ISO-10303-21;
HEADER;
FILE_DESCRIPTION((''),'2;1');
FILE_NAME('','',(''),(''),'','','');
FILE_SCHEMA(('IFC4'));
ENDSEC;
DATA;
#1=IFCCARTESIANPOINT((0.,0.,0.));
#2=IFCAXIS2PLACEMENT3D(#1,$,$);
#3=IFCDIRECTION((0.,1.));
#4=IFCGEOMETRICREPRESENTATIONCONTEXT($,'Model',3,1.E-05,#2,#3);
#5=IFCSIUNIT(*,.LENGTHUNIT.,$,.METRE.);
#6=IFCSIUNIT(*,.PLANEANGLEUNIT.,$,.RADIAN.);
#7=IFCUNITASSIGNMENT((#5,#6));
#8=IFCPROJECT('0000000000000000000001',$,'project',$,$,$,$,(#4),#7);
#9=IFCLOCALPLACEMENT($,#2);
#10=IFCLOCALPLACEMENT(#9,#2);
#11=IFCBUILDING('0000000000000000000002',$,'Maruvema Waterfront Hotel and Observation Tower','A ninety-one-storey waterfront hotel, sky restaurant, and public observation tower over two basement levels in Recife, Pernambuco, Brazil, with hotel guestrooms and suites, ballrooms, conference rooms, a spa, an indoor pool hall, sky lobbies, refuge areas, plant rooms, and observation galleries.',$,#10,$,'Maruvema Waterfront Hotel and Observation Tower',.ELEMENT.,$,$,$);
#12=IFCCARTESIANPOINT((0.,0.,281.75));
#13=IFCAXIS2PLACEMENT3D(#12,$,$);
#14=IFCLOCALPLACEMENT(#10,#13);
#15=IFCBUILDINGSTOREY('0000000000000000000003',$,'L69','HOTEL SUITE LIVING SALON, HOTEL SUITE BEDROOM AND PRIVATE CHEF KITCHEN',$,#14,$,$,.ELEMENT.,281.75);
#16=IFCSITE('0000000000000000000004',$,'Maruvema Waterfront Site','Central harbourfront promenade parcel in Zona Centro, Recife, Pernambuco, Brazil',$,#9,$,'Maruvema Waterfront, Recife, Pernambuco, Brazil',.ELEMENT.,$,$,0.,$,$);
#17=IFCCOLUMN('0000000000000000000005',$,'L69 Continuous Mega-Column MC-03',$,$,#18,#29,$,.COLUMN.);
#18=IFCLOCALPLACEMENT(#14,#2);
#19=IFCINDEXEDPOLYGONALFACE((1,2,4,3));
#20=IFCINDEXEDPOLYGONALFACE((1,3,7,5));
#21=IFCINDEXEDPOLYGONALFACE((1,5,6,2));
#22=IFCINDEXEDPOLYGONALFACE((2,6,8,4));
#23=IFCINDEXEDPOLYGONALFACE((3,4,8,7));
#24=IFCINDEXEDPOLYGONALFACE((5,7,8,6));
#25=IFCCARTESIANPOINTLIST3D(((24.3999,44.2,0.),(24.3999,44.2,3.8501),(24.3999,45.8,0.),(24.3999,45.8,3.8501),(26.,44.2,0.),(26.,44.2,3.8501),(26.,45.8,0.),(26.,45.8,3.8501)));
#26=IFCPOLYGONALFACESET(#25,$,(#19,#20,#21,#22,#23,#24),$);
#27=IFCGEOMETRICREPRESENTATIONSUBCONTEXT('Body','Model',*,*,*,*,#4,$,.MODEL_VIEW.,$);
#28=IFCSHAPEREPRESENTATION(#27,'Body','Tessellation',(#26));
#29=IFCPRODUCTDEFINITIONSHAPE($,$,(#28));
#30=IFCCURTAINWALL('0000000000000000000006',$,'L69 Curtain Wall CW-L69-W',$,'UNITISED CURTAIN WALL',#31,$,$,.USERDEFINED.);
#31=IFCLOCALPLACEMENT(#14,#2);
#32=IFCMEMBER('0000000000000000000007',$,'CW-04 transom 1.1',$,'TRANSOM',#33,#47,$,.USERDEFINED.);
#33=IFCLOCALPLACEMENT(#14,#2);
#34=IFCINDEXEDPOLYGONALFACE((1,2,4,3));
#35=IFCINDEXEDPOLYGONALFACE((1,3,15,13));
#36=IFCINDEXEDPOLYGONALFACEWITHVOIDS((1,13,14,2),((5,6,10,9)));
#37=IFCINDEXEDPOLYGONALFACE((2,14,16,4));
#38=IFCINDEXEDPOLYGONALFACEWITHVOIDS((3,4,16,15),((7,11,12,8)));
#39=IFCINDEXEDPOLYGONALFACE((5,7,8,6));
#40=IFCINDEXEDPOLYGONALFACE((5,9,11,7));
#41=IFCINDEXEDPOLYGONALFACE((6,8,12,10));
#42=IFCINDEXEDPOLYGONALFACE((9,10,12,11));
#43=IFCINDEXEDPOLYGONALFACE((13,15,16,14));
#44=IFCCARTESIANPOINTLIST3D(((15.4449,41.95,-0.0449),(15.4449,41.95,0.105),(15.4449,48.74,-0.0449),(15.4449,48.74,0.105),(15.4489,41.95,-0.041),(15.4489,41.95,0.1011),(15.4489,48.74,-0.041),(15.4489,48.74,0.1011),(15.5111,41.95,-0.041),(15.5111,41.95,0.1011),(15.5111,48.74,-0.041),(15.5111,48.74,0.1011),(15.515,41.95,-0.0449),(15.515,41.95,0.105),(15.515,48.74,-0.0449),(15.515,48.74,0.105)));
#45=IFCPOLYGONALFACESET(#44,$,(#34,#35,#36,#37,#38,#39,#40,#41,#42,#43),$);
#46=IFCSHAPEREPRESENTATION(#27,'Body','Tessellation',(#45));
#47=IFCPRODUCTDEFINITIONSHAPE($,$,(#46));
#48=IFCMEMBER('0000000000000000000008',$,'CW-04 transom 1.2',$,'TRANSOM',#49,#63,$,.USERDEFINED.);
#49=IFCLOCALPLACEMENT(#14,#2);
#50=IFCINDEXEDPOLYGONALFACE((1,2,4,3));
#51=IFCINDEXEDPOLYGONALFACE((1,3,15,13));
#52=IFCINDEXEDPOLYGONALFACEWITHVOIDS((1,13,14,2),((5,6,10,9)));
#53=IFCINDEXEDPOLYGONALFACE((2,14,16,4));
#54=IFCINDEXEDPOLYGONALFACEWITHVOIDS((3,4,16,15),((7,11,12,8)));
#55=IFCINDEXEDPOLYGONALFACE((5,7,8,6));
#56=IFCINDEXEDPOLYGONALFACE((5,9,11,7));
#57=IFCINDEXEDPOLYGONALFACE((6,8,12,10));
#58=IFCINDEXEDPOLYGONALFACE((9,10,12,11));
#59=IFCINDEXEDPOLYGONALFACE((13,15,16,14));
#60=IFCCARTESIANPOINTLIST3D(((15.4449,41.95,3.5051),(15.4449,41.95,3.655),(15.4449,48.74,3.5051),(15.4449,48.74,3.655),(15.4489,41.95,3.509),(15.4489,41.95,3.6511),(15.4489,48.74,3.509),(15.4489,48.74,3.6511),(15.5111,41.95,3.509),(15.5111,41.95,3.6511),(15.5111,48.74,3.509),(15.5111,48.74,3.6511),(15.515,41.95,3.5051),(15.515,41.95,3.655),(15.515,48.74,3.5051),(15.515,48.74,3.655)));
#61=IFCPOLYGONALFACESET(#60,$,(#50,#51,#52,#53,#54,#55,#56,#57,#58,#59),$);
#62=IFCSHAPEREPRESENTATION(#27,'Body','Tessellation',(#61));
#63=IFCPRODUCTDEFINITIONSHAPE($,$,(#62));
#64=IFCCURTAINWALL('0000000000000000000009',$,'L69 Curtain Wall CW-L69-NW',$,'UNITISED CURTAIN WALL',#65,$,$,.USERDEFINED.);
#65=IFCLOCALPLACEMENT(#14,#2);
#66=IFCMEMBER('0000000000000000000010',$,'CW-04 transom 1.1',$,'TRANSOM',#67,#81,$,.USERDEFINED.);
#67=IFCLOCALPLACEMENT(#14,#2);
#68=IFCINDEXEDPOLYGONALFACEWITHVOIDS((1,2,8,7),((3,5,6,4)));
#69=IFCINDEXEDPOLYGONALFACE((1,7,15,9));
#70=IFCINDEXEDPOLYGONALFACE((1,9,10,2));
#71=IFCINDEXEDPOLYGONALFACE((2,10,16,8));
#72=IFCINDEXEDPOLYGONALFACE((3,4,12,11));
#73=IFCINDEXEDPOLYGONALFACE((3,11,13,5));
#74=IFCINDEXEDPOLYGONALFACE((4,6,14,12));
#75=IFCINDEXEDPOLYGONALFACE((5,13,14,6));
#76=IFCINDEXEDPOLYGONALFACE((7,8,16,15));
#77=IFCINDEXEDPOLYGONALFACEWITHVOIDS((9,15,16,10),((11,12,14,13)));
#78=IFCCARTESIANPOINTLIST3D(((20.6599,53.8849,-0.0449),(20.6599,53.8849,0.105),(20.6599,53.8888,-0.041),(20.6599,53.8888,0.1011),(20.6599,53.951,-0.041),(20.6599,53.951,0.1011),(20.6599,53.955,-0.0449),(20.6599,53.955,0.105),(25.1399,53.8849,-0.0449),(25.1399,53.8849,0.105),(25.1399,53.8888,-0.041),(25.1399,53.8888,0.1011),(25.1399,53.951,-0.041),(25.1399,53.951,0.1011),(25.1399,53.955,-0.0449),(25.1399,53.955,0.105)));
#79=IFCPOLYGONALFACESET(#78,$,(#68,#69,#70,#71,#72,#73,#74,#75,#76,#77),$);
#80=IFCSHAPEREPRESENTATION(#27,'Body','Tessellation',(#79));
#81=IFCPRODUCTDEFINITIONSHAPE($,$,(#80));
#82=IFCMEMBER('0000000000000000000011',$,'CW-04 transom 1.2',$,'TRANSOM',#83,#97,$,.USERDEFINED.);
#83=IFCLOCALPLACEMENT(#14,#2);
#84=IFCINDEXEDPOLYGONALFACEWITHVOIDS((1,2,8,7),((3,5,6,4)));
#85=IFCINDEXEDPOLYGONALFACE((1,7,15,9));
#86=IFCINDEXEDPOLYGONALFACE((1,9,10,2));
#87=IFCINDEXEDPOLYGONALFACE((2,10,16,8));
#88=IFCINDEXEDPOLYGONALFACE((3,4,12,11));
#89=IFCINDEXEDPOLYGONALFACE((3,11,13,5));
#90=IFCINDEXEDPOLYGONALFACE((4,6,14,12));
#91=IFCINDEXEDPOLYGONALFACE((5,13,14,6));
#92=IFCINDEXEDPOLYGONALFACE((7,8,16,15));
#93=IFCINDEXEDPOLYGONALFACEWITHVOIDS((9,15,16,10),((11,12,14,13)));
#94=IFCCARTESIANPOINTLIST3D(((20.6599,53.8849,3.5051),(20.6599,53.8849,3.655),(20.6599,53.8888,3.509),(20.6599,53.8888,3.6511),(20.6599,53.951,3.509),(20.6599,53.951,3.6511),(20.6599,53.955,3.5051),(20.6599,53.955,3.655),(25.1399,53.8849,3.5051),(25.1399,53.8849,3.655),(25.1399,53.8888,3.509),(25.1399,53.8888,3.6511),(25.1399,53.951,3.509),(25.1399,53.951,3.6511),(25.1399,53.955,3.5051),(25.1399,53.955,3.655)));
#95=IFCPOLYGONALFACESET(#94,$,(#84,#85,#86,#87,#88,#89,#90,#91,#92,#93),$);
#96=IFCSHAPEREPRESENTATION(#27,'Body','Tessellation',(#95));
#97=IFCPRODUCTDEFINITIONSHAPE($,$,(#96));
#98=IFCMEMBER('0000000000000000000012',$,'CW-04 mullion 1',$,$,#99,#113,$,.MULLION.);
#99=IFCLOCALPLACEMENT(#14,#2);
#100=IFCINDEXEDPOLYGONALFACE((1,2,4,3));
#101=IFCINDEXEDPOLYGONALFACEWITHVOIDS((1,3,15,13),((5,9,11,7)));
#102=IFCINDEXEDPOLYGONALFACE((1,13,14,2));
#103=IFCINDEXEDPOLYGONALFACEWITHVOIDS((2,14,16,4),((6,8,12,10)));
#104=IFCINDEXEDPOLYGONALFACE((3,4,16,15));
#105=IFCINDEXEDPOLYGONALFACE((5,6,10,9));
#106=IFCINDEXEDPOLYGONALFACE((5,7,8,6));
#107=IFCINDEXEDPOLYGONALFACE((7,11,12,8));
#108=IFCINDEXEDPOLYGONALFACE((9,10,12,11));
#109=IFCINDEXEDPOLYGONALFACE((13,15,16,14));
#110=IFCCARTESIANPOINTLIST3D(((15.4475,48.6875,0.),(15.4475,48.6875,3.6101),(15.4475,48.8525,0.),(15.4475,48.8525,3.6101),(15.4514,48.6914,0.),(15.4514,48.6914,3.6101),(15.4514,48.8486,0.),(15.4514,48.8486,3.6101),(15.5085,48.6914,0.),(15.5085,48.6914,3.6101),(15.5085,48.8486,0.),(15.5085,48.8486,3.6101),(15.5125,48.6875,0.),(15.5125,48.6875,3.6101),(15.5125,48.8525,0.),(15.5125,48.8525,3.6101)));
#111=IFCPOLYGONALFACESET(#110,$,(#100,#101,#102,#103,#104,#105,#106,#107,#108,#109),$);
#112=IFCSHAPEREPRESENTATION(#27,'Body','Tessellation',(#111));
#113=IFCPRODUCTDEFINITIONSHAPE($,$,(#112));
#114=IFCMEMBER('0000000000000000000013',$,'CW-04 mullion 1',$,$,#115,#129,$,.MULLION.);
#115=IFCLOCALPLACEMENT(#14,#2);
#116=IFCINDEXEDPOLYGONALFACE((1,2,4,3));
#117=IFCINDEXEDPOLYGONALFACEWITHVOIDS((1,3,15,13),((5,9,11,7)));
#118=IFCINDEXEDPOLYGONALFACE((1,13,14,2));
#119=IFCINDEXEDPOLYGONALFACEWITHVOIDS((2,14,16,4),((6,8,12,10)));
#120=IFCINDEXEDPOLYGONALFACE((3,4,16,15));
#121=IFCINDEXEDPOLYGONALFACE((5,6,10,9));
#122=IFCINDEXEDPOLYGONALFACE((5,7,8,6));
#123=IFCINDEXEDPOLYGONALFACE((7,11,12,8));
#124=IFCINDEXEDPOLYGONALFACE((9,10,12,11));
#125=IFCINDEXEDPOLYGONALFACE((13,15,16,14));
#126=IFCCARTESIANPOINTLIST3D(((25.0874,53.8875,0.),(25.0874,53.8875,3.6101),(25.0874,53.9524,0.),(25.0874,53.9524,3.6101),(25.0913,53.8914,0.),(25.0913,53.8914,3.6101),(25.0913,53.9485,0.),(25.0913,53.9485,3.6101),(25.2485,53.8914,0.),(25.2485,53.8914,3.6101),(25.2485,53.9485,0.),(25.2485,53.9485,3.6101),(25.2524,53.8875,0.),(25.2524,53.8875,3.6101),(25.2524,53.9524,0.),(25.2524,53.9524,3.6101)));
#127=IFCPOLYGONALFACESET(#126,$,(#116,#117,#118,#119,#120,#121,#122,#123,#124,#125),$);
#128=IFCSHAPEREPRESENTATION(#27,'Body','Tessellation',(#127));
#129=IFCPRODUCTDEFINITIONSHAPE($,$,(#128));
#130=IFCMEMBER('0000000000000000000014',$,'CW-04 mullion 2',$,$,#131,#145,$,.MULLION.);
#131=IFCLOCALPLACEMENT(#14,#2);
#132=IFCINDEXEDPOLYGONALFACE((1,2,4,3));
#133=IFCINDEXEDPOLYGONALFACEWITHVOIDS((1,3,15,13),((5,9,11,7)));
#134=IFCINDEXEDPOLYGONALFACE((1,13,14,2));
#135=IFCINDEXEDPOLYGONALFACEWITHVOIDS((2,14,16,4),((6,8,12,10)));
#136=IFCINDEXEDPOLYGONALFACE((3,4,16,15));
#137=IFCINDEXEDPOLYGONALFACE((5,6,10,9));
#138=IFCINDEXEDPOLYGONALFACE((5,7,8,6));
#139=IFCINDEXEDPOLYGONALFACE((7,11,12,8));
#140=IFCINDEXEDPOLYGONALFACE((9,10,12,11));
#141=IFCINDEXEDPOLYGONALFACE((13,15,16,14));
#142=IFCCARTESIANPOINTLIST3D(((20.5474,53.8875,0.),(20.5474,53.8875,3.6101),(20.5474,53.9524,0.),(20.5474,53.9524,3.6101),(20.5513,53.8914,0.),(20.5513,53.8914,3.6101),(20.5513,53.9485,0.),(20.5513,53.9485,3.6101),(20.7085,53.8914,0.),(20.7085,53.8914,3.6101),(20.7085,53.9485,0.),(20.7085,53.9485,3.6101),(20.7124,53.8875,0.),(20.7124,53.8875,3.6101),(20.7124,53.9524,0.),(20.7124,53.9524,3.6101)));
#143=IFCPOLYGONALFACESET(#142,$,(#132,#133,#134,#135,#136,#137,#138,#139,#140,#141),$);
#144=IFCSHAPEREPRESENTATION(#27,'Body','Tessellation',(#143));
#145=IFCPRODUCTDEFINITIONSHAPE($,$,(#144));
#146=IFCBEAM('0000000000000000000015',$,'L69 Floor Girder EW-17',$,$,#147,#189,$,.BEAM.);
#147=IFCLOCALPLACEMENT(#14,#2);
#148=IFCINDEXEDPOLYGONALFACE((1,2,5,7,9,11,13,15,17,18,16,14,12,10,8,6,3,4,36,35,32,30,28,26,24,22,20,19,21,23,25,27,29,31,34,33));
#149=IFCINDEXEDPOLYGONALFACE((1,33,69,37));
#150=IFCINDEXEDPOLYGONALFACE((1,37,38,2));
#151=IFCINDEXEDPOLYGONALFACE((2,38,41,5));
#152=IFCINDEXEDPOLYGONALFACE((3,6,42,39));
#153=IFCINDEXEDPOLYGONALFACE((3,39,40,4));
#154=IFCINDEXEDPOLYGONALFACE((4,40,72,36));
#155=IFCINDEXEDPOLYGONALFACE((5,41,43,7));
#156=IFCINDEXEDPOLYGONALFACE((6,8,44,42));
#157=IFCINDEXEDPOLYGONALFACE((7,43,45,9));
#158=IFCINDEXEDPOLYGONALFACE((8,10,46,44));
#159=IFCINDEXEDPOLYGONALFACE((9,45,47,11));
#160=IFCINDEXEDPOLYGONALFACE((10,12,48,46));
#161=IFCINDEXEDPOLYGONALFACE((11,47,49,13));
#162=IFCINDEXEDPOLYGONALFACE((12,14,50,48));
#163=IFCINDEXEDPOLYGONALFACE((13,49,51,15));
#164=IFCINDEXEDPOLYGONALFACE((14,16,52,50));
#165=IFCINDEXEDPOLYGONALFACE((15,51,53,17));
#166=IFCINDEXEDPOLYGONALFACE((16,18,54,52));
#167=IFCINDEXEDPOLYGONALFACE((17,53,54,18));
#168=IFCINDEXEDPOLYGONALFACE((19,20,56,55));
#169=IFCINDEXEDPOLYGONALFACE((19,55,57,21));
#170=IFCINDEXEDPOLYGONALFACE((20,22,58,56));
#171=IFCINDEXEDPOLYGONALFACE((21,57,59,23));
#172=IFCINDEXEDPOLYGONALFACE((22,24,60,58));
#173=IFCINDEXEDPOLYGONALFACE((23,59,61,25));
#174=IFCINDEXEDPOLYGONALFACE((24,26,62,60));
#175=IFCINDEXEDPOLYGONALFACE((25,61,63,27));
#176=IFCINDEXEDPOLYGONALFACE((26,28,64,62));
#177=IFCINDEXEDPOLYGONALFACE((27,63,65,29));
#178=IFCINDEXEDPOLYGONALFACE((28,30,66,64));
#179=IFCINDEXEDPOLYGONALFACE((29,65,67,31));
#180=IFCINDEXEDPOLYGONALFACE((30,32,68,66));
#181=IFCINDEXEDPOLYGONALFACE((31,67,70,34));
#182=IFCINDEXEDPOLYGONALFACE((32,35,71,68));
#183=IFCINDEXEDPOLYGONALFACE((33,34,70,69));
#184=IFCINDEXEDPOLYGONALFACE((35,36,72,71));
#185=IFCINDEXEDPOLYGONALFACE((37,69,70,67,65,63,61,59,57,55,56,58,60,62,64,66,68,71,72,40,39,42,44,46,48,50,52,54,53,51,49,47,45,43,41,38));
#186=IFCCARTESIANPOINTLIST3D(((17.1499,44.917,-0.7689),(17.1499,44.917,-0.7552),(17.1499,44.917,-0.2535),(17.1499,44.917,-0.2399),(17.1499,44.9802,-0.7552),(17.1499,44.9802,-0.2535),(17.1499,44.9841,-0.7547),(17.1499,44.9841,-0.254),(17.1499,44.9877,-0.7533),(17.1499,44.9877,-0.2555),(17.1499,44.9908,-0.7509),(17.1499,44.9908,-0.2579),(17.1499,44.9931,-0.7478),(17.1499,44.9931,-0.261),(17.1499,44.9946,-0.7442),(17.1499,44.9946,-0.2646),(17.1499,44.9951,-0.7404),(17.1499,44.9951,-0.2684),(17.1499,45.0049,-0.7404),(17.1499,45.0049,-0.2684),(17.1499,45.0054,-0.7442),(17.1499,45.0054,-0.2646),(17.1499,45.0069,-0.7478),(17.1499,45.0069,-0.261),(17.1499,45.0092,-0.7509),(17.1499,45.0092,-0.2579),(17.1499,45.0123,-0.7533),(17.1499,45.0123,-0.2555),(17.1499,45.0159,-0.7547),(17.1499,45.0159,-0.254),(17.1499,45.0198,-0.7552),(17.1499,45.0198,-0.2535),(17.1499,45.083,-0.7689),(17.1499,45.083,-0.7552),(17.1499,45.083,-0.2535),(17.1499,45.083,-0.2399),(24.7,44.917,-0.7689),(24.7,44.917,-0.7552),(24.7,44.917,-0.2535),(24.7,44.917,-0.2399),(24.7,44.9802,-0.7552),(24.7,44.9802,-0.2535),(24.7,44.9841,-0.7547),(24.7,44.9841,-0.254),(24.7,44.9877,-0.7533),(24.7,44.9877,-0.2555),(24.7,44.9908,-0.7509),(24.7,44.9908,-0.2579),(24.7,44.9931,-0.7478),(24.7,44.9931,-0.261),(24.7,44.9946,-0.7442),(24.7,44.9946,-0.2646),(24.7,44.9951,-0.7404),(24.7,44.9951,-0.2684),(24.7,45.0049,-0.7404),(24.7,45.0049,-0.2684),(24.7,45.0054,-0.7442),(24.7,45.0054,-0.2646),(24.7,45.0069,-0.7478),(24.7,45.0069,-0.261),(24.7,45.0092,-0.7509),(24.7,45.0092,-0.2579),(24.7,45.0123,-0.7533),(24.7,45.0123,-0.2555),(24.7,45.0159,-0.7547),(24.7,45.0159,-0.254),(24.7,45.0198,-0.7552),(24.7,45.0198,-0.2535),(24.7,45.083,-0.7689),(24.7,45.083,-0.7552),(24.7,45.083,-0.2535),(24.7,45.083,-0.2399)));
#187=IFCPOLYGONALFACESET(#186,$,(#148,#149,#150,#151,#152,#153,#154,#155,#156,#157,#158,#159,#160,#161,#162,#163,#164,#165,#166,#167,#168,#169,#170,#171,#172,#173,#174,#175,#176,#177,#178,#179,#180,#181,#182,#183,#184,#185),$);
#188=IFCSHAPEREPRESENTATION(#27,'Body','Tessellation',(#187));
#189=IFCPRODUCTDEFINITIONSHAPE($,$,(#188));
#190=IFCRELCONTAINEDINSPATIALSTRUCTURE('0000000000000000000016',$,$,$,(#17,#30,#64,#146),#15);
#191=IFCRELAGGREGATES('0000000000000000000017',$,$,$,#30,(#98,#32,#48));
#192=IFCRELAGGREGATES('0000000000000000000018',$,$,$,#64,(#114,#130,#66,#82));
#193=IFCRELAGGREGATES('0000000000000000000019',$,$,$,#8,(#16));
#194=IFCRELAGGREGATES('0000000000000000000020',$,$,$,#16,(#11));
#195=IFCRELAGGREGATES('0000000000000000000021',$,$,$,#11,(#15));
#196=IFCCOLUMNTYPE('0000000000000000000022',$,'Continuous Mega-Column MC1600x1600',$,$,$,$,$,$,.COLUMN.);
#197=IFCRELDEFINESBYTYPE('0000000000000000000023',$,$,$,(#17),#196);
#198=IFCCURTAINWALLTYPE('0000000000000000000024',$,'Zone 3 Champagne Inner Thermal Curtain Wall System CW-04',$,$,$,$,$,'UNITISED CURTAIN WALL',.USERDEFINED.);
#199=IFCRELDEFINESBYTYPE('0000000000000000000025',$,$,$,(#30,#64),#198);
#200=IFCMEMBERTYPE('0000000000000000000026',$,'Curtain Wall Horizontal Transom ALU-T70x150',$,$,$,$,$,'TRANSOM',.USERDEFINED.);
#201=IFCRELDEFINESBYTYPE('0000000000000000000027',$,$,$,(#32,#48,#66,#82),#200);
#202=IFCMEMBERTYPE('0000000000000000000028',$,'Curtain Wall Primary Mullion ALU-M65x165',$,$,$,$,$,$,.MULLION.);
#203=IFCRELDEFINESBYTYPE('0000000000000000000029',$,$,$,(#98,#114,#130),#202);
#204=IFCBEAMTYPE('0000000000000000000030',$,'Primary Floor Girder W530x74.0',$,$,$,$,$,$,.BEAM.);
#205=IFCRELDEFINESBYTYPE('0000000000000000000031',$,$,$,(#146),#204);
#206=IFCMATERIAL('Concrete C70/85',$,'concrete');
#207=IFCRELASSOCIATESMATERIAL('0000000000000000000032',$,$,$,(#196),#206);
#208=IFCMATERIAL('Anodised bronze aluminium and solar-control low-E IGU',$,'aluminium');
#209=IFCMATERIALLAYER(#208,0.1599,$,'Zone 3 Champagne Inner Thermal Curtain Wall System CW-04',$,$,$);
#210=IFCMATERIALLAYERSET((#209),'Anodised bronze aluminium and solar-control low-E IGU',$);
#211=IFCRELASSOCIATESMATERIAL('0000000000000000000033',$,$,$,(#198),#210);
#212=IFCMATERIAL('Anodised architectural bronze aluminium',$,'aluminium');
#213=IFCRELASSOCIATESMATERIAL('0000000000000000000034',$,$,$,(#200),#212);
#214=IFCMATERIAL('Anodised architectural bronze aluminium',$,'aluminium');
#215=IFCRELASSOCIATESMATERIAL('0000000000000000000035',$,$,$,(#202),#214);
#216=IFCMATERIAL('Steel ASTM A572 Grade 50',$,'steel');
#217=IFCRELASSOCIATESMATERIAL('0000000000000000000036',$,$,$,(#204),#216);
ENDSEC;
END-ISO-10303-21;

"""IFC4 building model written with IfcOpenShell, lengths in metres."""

from ifc_helpers import new_model, si_unit, direction, frame, origin, origin_2d, place, context, subcontext, project, spatial, rectangle, hollow_rectangle, i_section, extrude, material, layer, layer_set, material_profile, profile_set, type_object, element, aggregate, save


model = new_model("IFC4")

# Units and contexts
model_context = context("Model", 3, precision=1e-05, world=origin(), true_north=direction((0.0, 1.0)))
body_context = subcontext(model_context, "Body", "Model", "MODEL_VIEW")
ifc_project = project(units=[si_unit("LENGTHUNIT", "METRE"), si_unit("PLANEANGLEUNIT", "RADIAN")], contexts=[model_context])

# Site, building, storey
site_placement = place(None, origin())
site = spatial("IfcSite", under=ifc_project, at=site_placement, Name="Maruvema Waterfront Site", Description="Central harbourfront promenade parcel in Zona Centro, Recife, Pernambuco, Brazil", LongName="Maruvema Waterfront, Recife, Pernambuco, Brazil", CompositionType="ELEMENT", RefElevation=0.0)
building_placement = place(site_placement, origin())
building = spatial("IfcBuilding", under=site, at=building_placement, Name="Maruvema Waterfront Hotel and Observation Tower", Description="A ninety-one-storey waterfront hotel, sky restaurant, and public observation tower over two basement levels in Recife, Pernambuco, Brazil, with hotel guestrooms and suites, ballrooms, conference rooms, a spa, an indoor pool hall, sky lobbies, refuge areas, plant rooms, and observation galleries.", LongName="Maruvema Waterfront Hotel and Observation Tower", CompositionType="ELEMENT")
storey_placement = place(building_placement, frame((0.0, 0.0, 281.75)))
storey = spatial("IfcBuildingStorey", under=building, at=storey_placement, Name="L69", Description="HOTEL SUITE LIVING SALON, HOTEL SUITE BEDROOM AND PRIVATE CHEF KITCHEN", CompositionType="ELEMENT", Elevation=281.75)

# Column
ifc_material_1 = material(Name="Concrete C70/85", Category="concrete")
ifc_material_profile_1 = material_profile(ifc_material_1, rectangle(XDim=1.6001, YDim=1.6001, at=origin_2d()), Name="MC1600x1600")
ifc_profile_set_1 = profile_set([ifc_material_profile_1], Name="Concrete C70/85")
column_type = type_object("IfcColumnType", Name="Continuous Mega-Column MC1600x1600", PredefinedType="COLUMN", material=ifc_profile_set_1)
column_placement = place(storey_placement, frame((25.2, 45.0, 0.0), z_axis=(0.0, 0.0, 1.0), x_axis=(1.0, 0.0, 0.0)))
element("IfcColumn", 1, at=column_placement, inside=storey, type_object=column_type, Name="L69 Continuous Mega-Column MC-03", PredefinedType="COLUMN", context=body_context, shape_type="SweptSolid", body=[
    extrude(rectangle(XDim=1.6001, YDim=1.6001, at=origin_2d()), origin(), (0.0, 0.0, 1.0), 3.8501),
])

# Curtain walls, members
ifc_material_2 = material(Name="Anodised bronze aluminium and solar-control low-E IGU", Category="aluminium")
ifc_layer_1 = layer(ifc_material_2, 0.1599, Name="Zone 3 Champagne Inner Thermal Curtain Wall System CW-04")
ifc_layer_set_1 = layer_set([ifc_layer_1], Name="Anodised bronze aluminium and solar-control low-E IGU")
curtain_wall_type = type_object("IfcCurtainWallType", Name="Zone 3 Champagne Inner Thermal Curtain Wall System CW-04", ElementType="UNITISED CURTAIN WALL", PredefinedType="USERDEFINED", material=ifc_layer_set_1)
curtain_wall_1_placement = place(storey_placement, origin())
curtain_wall_1 = element("IfcCurtainWall", 2, at=curtain_wall_1_placement, inside=storey, type_object=curtain_wall_type, Name="L69 Curtain Wall CW-L69-W", ObjectType="UNITISED CURTAIN WALL", PredefinedType="USERDEFINED")
ifc_material_3 = material(Name="Anodised architectural bronze aluminium", Category="aluminium")
ifc_material_profile_2 = material_profile(ifc_material_3, hollow_rectangle(XDim=0.0701, YDim=0.1499, WallThickness=0.0039, at=origin_2d()), Name="ALU-T70x150")
ifc_profile_set_2 = profile_set([ifc_material_profile_2], Name="Anodised architectural bronze aluminium")
member_type_1 = type_object("IfcMemberType", Name="Curtain Wall Horizontal Transom ALU-T70x150", ElementType="TRANSOM", PredefinedType="USERDEFINED", material=ifc_profile_set_2)
member_1_placement = place(storey_placement, frame((15.48, 48.74, 0.03), z_axis=(0.0, -1.0, 0.0), x_axis=(1.0, 0.0, 0.0)))
member_1 = element("IfcMember", 3, at=member_1_placement, type_object=member_type_1, Name="CW-04 transom 1.1", ObjectType="TRANSOM", PredefinedType="USERDEFINED", context=body_context, shape_type="SweptSolid", body=[
    extrude(hollow_rectangle(XDim=0.0701, YDim=0.1499, WallThickness=0.0039, at=origin_2d()), origin(), (0.0, 0.0, 1.0), 6.79),
])
member_2_placement = place(storey_placement, frame((15.48, 48.74, 3.5801), z_axis=(0.0, -1.0, 0.0), x_axis=(1.0, 0.0, 0.0)))
member_2 = element("IfcMember", 4, at=member_2_placement, type_object=member_type_1, Name="CW-04 transom 1.2", ObjectType="TRANSOM", PredefinedType="USERDEFINED", context=body_context, shape_type="SweptSolid", body=[
    extrude(hollow_rectangle(XDim=0.0701, YDim=0.1499, WallThickness=0.0039, at=origin_2d()), origin(), (0.0, 0.0, 1.0), 6.79),
])
curtain_wall_2_placement = place(storey_placement, origin())
curtain_wall_2 = element("IfcCurtainWall", 5, at=curtain_wall_2_placement, inside=storey, type_object=curtain_wall_type, Name="L69 Curtain Wall CW-L69-NW", ObjectType="UNITISED CURTAIN WALL", PredefinedType="USERDEFINED")
member_3_placement = place(storey_placement, frame((25.1399, 53.9199, 0.03), z_axis=(-1.0, 0.0, 0.0), x_axis=(0.0, -1.0, 0.0)))
member_3 = element("IfcMember", 6, at=member_3_placement, type_object=member_type_1, Name="CW-04 transom 1.1", ObjectType="TRANSOM", PredefinedType="USERDEFINED", context=body_context, shape_type="SweptSolid", body=[
    extrude(hollow_rectangle(XDim=0.0701, YDim=0.1499, WallThickness=0.0039, at=origin_2d()), origin(), (0.0, 0.0, 1.0), 4.48),
])
member_4_placement = place(storey_placement, frame((25.1399, 53.9199, 3.5801), z_axis=(-1.0, 0.0, 0.0), x_axis=(0.0, -1.0, 0.0)))
member_4 = element("IfcMember", 7, at=member_4_placement, type_object=member_type_1, Name="CW-04 transom 1.2", ObjectType="TRANSOM", PredefinedType="USERDEFINED", context=body_context, shape_type="SweptSolid", body=[
    extrude(hollow_rectangle(XDim=0.0701, YDim=0.1499, WallThickness=0.0039, at=origin_2d()), origin(), (0.0, 0.0, 1.0), 4.48),
])

# Members
ifc_material_4 = material(Name="Anodised architectural bronze aluminium", Category="aluminium")
ifc_material_profile_3 = material_profile(ifc_material_4, hollow_rectangle(XDim=0.0649, YDim=0.165, WallThickness=0.0039, at=origin_2d()), Name="ALU-M65x165")
ifc_profile_set_3 = profile_set([ifc_material_profile_3], Name="Anodised architectural bronze aluminium")
member_type_2 = type_object("IfcMemberType", Name="Curtain Wall Primary Mullion ALU-M65x165", PredefinedType="MULLION", material=ifc_profile_set_3)
member_5_placement = place(storey_placement, frame((15.48, 48.77, 0.0), z_axis=(0.0, 0.0, 1.0), x_axis=(1.0, 0.0, 0.0)))
member_5 = element("IfcMember", 8, at=member_5_placement, type_object=member_type_2, Name="CW-04 mullion 1", PredefinedType="MULLION", context=body_context, shape_type="SweptSolid", body=[
    extrude(hollow_rectangle(XDim=0.0649, YDim=0.165, WallThickness=0.0039, at=origin_2d()), origin(), (0.0, 0.0, 1.0), 3.6101),
])
member_6_placement = place(storey_placement, frame((25.1699, 53.9199, 0.0), z_axis=(0.0, 0.0, 1.0), x_axis=(0.0, -1.0, 0.0)))
member_6 = element("IfcMember", 9, at=member_6_placement, type_object=member_type_2, Name="CW-04 mullion 1", PredefinedType="MULLION", context=body_context, shape_type="SweptSolid", body=[
    extrude(hollow_rectangle(XDim=0.0649, YDim=0.165, WallThickness=0.0039, at=origin_2d()), origin(), (0.0, 0.0, 1.0), 3.6101),
])
member_7_placement = place(storey_placement, frame((20.6299, 53.9199, 0.0), z_axis=(0.0, 0.0, 1.0), x_axis=(0.0, -1.0, 0.0)))
member_7 = element("IfcMember", 10, at=member_7_placement, type_object=member_type_2, Name="CW-04 mullion 2", PredefinedType="MULLION", context=body_context, shape_type="SweptSolid", body=[
    extrude(hollow_rectangle(XDim=0.0649, YDim=0.165, WallThickness=0.0039, at=origin_2d()), origin(), (0.0, 0.0, 1.0), 3.6101),
])

# Beam
ifc_material_5 = material(Name="Steel ASTM A572 Grade 50", Category="steel")
ifc_material_profile_4 = material_profile(ifc_material_5, i_section(OverallWidth=0.166, OverallDepth=0.5291, WebThickness=0.0098, FlangeThickness=0.0137, FilletRadius=0.0149, at=origin_2d()), Name="W530x74.0")
ifc_profile_set_4 = profile_set([ifc_material_profile_4], Name="Steel ASTM A572 Grade 50")
beam_type = type_object("IfcBeamType", Name="Primary Floor Girder W530x74.0", PredefinedType="BEAM", material=ifc_profile_set_4)
beam_placement = place(storey_placement, frame((17.1499, 45.0, -0.5044), z_axis=(1.0, 0.0, 0.0), x_axis=(0.0, 1.0, 0.0)))
element("IfcBeam", 11, at=beam_placement, inside=storey, type_object=beam_type, Name="L69 Floor Girder EW-17", PredefinedType="BEAM", context=body_context, shape_type="SweptSolid", body=[
    extrude(i_section(OverallWidth=0.166, OverallDepth=0.5291, WebThickness=0.0098, FlangeThickness=0.0137, FilletRadius=0.0149, at=origin_2d()), origin(), (0.0, 0.0, 1.0), 7.55),
])

aggregate(curtain_wall_1, [member_5, member_1, member_2])
aggregate(curtain_wall_2, [member_6, member_7, member_3, member_4])

save(model, "model.ifc")
